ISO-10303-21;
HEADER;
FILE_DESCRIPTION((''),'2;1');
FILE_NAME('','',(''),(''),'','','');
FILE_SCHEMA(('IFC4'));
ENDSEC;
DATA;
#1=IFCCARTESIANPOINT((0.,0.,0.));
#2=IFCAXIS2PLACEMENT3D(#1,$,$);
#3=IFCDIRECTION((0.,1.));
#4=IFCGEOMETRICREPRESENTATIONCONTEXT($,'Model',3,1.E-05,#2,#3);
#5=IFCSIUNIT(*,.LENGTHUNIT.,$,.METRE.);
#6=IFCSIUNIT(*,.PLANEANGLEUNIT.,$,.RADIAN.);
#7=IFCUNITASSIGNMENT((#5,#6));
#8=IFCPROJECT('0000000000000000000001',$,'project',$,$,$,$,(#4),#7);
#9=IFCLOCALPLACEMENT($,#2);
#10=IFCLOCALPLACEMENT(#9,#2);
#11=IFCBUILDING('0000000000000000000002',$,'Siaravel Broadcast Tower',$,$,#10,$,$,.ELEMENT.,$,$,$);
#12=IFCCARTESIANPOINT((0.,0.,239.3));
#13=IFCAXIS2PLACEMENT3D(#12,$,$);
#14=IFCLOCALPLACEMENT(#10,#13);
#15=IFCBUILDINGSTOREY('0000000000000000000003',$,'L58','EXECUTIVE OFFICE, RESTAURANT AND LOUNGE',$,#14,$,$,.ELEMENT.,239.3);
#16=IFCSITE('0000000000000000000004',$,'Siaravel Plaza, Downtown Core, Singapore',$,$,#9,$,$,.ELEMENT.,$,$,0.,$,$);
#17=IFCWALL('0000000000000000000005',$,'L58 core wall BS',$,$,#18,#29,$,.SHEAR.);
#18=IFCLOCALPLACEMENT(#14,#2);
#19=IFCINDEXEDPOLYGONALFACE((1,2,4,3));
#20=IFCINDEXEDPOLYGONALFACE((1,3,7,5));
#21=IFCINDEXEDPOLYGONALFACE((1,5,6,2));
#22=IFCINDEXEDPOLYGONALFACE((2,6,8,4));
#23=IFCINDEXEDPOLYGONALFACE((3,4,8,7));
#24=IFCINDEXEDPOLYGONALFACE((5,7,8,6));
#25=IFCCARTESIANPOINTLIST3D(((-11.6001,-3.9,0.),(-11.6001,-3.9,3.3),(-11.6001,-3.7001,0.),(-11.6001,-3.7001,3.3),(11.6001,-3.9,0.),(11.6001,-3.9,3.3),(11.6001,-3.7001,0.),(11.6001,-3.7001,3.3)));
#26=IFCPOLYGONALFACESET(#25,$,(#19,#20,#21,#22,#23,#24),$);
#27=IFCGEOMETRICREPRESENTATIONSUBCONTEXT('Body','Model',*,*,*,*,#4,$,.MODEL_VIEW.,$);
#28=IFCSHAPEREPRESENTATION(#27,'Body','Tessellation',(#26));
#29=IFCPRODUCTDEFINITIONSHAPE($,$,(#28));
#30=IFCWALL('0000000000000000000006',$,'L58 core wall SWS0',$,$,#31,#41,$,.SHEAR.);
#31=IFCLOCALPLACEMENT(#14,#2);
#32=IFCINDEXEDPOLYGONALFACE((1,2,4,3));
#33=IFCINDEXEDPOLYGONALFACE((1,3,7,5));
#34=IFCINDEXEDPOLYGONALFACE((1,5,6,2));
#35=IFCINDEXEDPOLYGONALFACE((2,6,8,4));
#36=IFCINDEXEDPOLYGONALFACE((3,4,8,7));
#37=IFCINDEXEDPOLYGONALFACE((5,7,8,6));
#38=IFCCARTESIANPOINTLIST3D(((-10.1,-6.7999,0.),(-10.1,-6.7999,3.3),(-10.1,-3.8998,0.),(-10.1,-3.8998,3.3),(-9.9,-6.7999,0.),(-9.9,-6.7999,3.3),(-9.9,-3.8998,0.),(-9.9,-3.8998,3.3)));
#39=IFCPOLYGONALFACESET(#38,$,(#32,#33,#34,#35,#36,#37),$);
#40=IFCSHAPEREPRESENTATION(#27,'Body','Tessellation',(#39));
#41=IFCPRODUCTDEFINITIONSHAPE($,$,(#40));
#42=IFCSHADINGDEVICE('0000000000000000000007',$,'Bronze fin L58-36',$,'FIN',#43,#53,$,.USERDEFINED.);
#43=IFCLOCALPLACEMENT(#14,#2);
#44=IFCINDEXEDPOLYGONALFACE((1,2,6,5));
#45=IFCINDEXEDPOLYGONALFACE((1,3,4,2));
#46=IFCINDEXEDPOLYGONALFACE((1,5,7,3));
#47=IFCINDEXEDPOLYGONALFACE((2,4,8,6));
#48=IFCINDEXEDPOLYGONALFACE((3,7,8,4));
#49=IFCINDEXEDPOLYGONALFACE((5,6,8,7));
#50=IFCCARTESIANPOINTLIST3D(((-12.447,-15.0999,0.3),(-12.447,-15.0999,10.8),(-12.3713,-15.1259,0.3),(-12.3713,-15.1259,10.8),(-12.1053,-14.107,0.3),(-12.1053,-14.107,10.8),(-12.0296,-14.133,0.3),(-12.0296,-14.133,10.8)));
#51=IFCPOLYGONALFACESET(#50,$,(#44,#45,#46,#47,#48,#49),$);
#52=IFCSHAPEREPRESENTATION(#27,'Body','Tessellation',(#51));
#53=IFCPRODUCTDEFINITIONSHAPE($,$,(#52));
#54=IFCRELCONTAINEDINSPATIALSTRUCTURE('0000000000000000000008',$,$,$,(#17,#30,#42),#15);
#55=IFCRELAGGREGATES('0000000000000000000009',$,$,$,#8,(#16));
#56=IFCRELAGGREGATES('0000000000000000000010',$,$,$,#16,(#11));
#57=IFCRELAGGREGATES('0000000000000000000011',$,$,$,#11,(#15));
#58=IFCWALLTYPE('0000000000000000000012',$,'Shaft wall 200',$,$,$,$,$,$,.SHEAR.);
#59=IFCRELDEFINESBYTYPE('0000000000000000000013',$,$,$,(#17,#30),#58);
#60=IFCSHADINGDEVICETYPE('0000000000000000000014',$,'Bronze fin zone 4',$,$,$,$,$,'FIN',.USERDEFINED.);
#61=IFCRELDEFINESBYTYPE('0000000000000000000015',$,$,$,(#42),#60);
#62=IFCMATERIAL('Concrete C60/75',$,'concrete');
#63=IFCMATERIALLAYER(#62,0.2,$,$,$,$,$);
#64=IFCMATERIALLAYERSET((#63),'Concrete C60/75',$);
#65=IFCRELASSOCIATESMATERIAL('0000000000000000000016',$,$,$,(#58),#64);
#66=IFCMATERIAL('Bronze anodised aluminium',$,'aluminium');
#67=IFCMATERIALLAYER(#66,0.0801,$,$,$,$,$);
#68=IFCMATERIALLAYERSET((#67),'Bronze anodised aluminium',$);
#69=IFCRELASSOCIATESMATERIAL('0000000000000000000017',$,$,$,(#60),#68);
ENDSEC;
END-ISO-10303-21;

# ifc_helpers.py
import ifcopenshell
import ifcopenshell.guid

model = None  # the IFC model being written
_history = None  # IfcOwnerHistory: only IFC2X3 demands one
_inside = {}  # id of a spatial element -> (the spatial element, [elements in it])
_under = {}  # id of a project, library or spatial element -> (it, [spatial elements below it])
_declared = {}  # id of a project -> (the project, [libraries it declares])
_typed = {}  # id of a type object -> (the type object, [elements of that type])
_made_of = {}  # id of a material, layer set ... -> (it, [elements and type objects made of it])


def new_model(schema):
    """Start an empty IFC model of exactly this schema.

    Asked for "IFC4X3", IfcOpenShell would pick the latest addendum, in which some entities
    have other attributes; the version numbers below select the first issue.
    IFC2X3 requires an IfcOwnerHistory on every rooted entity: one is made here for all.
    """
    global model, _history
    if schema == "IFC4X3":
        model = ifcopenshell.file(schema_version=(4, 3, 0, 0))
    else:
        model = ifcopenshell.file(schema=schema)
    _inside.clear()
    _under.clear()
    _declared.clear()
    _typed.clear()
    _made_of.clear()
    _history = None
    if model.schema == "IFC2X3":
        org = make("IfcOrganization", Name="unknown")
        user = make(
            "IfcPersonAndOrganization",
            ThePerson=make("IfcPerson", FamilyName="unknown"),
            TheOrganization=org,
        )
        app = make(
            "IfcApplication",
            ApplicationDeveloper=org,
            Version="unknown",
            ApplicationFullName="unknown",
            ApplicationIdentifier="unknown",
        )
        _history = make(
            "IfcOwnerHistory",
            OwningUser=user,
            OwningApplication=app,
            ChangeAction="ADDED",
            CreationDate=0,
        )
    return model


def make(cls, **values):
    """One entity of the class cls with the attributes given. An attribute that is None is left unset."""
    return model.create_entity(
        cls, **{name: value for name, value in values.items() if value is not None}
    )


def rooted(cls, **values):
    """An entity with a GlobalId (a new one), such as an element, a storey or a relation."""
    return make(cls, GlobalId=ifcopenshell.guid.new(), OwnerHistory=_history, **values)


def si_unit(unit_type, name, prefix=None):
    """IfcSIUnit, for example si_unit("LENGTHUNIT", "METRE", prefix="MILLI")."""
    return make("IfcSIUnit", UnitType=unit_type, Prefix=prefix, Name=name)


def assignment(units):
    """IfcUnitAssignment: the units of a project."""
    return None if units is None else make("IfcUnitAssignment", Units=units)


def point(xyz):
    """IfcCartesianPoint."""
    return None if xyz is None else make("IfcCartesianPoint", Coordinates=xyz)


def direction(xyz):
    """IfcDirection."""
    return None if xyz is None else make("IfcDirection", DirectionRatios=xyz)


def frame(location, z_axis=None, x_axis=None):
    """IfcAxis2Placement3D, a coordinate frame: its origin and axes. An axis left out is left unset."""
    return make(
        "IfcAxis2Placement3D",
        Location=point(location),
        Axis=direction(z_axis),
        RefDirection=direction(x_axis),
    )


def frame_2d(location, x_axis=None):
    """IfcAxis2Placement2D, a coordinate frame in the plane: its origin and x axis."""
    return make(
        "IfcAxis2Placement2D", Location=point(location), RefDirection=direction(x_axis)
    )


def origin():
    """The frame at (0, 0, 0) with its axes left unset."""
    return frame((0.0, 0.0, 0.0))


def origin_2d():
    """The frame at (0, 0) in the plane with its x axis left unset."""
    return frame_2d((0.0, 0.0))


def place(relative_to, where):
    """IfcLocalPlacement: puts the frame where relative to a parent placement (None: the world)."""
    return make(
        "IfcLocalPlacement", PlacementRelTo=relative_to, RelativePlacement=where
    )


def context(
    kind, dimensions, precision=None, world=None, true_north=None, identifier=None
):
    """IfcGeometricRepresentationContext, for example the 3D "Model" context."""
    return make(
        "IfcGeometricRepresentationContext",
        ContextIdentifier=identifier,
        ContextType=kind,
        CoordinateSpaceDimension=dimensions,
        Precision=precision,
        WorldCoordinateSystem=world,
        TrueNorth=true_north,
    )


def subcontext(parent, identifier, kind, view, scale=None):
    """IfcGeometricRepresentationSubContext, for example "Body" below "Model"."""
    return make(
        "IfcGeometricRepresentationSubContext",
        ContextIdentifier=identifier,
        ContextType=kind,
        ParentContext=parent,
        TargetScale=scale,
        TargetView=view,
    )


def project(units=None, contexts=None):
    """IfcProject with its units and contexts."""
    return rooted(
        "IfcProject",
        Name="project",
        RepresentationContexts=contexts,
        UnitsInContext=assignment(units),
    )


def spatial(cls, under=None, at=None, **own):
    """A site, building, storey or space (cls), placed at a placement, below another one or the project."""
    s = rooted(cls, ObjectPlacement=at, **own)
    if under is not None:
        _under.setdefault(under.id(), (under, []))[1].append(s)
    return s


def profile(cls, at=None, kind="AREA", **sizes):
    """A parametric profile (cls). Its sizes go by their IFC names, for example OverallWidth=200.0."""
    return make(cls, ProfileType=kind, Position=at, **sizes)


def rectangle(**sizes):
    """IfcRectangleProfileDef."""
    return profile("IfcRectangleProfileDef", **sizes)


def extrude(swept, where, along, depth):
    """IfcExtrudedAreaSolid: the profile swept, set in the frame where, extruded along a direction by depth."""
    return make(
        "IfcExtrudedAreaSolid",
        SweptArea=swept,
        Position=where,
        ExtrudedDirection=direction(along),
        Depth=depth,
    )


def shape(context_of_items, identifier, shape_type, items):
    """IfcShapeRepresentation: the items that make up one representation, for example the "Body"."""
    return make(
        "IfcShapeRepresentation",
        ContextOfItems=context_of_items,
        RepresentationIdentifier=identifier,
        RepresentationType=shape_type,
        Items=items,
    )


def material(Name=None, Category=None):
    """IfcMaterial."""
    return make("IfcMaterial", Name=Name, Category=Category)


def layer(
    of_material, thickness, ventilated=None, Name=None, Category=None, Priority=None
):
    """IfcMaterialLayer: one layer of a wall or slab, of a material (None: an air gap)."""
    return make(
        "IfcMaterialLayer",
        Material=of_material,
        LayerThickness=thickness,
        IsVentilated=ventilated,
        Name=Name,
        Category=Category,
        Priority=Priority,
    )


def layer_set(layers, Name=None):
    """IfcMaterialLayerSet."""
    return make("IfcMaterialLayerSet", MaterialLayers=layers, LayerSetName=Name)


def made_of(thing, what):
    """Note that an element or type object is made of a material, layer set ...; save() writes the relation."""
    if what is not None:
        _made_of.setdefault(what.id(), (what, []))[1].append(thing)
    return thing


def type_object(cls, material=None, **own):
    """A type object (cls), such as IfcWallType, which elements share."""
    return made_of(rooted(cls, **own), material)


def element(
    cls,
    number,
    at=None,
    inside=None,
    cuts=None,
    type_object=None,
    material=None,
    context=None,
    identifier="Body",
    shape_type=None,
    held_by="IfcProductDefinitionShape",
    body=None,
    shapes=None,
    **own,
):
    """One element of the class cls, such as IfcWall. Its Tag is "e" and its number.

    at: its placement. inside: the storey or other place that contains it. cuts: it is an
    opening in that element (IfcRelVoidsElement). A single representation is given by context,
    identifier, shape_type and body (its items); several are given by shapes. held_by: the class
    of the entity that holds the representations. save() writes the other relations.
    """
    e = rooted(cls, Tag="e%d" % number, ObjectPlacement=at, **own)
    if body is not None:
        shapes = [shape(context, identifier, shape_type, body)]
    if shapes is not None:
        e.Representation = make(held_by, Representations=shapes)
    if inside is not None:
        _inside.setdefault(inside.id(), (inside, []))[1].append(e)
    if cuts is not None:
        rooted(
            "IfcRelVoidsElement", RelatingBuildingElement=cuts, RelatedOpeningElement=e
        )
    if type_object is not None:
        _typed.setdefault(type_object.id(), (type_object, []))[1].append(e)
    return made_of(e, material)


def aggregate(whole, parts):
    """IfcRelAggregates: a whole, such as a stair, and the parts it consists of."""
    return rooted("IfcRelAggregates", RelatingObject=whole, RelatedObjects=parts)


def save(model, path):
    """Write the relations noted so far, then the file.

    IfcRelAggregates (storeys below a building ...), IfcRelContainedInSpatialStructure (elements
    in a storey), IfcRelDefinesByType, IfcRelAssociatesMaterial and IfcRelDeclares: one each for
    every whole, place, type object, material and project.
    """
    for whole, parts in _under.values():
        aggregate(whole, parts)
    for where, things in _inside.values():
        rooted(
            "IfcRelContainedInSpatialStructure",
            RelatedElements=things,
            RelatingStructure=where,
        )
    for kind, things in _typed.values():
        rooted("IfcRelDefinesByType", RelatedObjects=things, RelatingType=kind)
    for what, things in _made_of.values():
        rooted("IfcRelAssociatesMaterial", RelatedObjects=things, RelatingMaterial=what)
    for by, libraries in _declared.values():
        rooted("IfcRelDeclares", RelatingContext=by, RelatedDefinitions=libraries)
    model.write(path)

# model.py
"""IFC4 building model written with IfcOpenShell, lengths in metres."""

from ifc_helpers import new_model, si_unit, direction, frame, frame_2d, origin, origin_2d, place, context, subcontext, project, spatial, rectangle, extrude, material, layer, layer_set, type_object, element, save


model = new_model("IFC4")

# Units and contexts
model_context = context("Model", 3, precision=1e-05, world=origin(), true_north=direction((0.0, 1.0)))
body_context = subcontext(model_context, "Body", "Model", "MODEL_VIEW")
ifc_project = project(units=[si_unit("LENGTHUNIT", "METRE"), si_unit("PLANEANGLEUNIT", "RADIAN")], contexts=[model_context])

# Site, building, storey
site_placement = place(None, origin())
site = spatial("IfcSite", under=ifc_project, at=site_placement, Name="Siaravel Plaza, Downtown Core, Singapore", CompositionType="ELEMENT", RefElevation=0.0)
building_placement = place(site_placement, origin())
building = spatial("IfcBuilding", under=site, at=building_placement, Name="Siaravel Broadcast Tower", CompositionType="ELEMENT")
storey_placement = place(building_placement, frame((0.0, 0.0, 239.3)))
storey = spatial("IfcBuildingStorey", under=building, at=storey_placement, Name="L58", Description="EXECUTIVE OFFICE, RESTAURANT AND LOUNGE", CompositionType="ELEMENT", Elevation=239.3)

# Shared definitions
ifc_material_1 = material(Name="Concrete C60/75", Category="concrete")

# Walls
ifc_layer_1 = layer(ifc_material_1, 0.2)
ifc_layer_set_1 = layer_set([ifc_layer_1], Name="Concrete C60/75")
wall_type_1 = type_object("IfcWallType", Name="Shaft wall 200", PredefinedType="SHEAR", material=ifc_layer_set_1)
wall_1_placement = place(storey_placement, frame((-11.6001, -3.8, 0.0), z_axis=(0.0, 0.0, 1.0), x_axis=(1.0, 0.0, 0.0)))
element("IfcWall", 1, at=wall_1_placement, inside=storey, type_object=wall_type_1, Name="L58 core wall BS", PredefinedType="SHEAR", context=body_context, shape_type="SweptSolid", body=[
    extrude(rectangle(XDim=23.2002, YDim=0.2, at=frame_2d((11.6001, 0.0))), origin(), (0.0, 0.0, 1.0), 3.3),
])
wall_2_placement = place(storey_placement, frame((-10.0, -6.8, 0.0), z_axis=(0.0, 0.0, 1.0), x_axis=(0.0, 1.0, 0.0)))
element("IfcWall", 2, at=wall_2_placement, inside=storey, type_object=wall_type_1, Name="L58 core wall SWS0", PredefinedType="SHEAR", context=body_context, shape_type="SweptSolid", body=[
    extrude(rectangle(XDim=2.9001, YDim=0.2, at=frame_2d((1.4502, 0.0))), origin(), (0.0, 0.0, 1.0), 3.3),
])

# Shading device
ifc_material_2 = material(Name="Bronze anodised aluminium", Category="aluminium")
ifc_layer_2 = layer(ifc_material_2, 0.0801)
ifc_layer_set_2 = layer_set([ifc_layer_2], Name="Bronze anodised aluminium")
shading_device_type = type_object("IfcShadingDeviceType", Name="Bronze fin zone 4", ElementType="FIN", PredefinedType="USERDEFINED", material=ifc_layer_set_2)
shading_device_placement = place(storey_placement, frame((-12.2383, -14.6165, 0.3), z_axis=(0.0, 0.0, 1.0), x_axis=(-0.325426, -0.945567, 0.0)))
element("IfcShadingDevice", 3, at=shading_device_placement, inside=storey, type_object=shading_device_type, Name="Bronze fin L58-36", ObjectType="FIN", PredefinedType="USERDEFINED", context=body_context, shape_type="SweptSolid", body=[
    extrude(rectangle(XDim=1.05, YDim=0.0801, at=origin_2d()), origin(), (0.0, 0.0, 1.0), 10.5),
])

save(model, "model.ifc")
